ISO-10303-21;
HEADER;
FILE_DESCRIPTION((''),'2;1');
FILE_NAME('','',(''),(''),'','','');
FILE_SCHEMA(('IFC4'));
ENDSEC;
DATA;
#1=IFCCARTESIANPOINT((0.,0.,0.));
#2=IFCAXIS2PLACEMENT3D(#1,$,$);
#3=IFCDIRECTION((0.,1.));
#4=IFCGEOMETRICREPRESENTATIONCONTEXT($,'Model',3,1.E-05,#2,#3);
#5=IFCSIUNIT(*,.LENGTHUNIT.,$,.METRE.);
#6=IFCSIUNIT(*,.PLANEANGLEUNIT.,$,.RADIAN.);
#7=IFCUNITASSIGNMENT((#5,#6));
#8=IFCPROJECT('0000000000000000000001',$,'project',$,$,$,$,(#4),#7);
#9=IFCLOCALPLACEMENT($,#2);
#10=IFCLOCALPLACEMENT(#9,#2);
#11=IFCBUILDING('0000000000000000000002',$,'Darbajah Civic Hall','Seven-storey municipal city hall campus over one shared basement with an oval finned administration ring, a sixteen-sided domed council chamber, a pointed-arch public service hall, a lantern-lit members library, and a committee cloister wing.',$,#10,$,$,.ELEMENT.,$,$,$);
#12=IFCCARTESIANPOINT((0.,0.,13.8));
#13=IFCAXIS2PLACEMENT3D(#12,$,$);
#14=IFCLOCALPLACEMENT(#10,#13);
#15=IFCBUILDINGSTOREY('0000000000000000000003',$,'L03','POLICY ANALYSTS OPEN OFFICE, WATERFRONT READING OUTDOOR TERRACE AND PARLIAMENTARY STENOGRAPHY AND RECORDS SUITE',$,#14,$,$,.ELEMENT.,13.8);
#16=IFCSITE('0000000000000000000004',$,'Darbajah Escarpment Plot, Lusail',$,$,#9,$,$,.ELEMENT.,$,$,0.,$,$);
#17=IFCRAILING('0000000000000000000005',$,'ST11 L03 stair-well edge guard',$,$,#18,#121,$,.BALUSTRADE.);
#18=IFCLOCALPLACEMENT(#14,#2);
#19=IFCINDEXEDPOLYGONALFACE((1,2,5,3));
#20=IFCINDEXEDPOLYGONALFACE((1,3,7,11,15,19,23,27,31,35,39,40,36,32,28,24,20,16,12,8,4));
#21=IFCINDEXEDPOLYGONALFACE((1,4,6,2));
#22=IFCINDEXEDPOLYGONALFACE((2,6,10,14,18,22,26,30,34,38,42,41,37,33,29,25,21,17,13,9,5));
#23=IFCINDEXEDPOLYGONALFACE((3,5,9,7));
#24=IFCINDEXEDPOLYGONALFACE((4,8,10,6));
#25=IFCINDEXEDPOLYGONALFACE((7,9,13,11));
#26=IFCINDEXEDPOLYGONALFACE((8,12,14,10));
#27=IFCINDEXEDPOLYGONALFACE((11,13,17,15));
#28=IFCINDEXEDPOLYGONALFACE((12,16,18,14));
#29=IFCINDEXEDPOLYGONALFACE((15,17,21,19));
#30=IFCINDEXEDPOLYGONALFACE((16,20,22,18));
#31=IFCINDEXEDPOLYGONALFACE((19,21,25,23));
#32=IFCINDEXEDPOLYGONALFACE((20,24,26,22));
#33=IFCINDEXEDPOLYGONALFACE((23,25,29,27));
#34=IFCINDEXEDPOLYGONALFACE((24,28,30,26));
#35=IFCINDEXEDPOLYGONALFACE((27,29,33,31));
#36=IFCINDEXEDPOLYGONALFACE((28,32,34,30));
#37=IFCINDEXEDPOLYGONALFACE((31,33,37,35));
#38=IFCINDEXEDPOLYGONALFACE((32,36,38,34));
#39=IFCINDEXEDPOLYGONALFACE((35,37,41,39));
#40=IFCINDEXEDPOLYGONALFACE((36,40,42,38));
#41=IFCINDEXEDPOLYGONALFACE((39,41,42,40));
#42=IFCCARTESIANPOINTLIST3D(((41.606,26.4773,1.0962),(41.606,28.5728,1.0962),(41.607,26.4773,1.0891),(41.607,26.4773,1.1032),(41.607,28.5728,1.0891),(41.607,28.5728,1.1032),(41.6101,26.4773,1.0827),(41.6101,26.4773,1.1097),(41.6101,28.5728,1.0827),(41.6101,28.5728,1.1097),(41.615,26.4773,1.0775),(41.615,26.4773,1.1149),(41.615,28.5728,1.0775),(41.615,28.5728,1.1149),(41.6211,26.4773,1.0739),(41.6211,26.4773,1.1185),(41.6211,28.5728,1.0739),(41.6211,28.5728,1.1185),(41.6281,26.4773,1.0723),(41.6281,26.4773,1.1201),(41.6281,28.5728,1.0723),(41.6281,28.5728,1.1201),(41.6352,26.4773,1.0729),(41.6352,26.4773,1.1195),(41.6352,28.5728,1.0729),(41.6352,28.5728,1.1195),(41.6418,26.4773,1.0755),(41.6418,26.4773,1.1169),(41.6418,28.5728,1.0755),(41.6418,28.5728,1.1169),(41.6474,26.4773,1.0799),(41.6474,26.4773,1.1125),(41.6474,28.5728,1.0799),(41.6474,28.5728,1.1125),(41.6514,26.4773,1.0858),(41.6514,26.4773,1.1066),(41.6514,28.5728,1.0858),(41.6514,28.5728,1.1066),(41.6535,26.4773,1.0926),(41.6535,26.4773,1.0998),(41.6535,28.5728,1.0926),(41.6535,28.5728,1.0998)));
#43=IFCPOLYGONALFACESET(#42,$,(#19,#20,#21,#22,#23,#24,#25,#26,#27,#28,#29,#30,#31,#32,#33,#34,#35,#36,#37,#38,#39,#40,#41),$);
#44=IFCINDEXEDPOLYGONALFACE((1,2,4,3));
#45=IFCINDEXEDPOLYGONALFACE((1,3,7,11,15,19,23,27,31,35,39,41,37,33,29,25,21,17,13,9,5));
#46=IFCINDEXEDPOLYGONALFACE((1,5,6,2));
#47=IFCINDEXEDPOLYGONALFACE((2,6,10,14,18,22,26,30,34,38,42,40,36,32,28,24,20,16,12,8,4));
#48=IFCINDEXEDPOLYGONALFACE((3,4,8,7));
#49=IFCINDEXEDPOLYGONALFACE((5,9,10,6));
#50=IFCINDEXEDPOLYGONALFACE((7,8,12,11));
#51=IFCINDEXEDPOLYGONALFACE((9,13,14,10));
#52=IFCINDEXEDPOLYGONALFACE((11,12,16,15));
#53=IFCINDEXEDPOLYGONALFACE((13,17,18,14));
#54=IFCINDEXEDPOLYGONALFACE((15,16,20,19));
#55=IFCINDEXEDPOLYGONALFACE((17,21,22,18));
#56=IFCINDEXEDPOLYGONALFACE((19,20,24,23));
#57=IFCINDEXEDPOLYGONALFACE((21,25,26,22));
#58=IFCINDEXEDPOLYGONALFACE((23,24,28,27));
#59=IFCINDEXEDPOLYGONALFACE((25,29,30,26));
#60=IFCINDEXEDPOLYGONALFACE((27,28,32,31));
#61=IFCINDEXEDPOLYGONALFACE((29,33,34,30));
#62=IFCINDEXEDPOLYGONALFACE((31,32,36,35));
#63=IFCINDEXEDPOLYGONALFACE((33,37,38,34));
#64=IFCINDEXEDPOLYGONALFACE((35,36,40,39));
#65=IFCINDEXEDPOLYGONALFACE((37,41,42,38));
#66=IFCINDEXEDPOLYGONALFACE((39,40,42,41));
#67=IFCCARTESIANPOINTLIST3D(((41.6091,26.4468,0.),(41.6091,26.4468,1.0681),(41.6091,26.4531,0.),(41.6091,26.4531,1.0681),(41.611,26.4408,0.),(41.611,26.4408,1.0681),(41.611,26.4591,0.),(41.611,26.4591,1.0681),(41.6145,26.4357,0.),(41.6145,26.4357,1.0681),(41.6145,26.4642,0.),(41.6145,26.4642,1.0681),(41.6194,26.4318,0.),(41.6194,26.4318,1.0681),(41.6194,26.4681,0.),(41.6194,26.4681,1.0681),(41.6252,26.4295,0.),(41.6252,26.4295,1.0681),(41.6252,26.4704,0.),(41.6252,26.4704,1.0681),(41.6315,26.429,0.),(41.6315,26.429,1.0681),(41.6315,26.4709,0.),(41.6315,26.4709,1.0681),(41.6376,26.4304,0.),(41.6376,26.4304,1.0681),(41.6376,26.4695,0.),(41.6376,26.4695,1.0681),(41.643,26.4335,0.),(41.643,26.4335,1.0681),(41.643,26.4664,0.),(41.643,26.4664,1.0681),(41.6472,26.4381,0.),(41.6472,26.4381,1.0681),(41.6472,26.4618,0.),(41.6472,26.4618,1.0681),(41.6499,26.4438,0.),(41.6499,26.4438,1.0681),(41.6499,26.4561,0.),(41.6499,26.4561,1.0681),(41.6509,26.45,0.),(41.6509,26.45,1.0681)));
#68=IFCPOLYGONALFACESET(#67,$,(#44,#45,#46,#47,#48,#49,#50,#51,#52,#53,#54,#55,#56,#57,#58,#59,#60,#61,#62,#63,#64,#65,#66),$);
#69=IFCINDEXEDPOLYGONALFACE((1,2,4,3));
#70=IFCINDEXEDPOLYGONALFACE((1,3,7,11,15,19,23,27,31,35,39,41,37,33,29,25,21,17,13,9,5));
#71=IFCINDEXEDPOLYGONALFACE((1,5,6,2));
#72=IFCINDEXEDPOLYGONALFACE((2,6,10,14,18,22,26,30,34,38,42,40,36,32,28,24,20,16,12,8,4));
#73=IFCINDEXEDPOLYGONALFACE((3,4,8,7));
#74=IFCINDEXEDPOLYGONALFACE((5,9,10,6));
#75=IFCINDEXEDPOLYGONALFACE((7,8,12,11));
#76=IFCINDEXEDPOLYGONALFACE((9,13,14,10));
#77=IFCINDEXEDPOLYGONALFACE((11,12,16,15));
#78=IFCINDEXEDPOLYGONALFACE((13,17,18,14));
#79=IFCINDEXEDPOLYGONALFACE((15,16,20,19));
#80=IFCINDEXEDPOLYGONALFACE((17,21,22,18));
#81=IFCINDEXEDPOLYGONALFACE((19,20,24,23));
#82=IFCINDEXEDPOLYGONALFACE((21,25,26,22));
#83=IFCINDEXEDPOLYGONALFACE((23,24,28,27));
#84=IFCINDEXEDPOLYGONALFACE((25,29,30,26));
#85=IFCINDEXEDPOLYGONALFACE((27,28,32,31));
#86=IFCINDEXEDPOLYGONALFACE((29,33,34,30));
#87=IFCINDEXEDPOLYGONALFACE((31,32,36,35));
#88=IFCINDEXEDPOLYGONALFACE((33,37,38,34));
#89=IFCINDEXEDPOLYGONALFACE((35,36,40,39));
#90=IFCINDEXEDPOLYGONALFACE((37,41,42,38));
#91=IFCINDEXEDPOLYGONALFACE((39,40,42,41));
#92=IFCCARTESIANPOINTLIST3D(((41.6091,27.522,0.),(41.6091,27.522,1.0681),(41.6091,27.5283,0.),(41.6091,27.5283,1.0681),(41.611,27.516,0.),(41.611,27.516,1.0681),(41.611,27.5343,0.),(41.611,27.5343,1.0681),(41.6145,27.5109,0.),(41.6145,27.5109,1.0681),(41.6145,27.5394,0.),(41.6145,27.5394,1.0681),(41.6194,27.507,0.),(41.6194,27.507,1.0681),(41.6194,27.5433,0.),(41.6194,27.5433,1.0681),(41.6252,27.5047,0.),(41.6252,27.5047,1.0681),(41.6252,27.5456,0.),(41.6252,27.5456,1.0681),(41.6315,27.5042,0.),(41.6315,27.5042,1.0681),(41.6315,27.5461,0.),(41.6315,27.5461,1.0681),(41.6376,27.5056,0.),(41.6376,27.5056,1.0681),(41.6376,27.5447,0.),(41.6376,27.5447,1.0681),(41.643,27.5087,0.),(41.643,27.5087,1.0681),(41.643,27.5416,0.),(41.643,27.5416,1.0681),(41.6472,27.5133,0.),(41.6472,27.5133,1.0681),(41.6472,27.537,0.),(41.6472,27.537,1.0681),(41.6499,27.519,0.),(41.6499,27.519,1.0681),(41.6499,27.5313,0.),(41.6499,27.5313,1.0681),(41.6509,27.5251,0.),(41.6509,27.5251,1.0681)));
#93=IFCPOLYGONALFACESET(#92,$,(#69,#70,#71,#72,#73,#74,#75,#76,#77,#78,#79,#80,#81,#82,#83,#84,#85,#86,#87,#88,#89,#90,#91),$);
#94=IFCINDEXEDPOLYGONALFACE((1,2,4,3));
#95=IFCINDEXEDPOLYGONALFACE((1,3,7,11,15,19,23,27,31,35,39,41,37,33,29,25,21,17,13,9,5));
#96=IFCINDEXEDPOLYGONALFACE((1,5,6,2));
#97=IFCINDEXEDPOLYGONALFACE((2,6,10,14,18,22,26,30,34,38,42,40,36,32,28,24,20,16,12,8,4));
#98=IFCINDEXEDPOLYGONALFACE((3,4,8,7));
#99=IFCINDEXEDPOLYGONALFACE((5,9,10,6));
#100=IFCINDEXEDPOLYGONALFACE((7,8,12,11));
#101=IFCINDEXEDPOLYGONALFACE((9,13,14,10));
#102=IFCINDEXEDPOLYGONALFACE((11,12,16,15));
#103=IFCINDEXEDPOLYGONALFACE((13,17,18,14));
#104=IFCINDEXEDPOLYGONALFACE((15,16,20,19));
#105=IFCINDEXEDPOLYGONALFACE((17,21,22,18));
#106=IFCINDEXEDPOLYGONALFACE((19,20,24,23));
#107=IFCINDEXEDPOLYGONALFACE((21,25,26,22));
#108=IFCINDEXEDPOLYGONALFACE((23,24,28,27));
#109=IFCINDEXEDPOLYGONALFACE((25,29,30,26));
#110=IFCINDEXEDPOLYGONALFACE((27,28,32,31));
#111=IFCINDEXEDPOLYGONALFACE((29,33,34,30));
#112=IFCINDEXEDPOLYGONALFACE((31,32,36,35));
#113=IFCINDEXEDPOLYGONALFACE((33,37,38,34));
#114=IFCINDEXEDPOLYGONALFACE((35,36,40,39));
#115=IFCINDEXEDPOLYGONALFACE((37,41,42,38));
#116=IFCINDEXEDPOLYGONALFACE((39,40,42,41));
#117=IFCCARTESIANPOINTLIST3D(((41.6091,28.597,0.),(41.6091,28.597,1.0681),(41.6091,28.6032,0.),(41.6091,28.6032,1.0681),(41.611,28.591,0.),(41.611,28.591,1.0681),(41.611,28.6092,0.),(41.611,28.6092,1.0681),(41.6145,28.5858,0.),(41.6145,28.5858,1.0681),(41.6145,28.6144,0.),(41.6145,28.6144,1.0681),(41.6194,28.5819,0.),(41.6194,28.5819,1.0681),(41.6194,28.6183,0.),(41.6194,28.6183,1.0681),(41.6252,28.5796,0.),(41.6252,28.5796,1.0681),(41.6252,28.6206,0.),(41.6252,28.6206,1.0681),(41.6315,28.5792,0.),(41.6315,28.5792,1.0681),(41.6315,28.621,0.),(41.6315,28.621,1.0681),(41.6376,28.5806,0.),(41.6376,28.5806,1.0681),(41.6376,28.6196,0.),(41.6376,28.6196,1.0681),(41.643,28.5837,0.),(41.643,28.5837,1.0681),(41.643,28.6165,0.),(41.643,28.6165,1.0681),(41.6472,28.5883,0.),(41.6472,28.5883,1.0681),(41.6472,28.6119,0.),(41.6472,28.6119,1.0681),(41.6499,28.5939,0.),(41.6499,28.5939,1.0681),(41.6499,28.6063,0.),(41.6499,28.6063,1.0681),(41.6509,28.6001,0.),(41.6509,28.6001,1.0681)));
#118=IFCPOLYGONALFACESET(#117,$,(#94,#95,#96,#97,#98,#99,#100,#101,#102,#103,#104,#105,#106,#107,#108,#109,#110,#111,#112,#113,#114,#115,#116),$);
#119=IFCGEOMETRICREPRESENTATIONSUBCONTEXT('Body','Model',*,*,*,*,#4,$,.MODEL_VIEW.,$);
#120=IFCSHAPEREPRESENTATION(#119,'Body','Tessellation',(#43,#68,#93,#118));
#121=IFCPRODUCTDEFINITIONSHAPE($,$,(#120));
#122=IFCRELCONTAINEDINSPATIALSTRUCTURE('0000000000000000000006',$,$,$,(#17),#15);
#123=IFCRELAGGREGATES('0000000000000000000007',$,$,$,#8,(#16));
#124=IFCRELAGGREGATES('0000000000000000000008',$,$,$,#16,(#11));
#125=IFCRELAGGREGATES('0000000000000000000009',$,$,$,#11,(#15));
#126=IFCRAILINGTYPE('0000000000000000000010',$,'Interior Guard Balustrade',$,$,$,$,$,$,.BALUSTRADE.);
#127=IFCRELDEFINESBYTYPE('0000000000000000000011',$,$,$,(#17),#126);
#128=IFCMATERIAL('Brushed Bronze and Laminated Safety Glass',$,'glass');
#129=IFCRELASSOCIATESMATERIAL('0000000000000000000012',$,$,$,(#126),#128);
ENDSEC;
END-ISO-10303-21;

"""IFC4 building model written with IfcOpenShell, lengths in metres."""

from ifc_helpers import new_model, si_unit, direction, frame, origin, origin_2d, place, context, subcontext, project, spatial, circle, extrude, material, type_object, element, save


model = new_model("IFC4")

# Units and contexts
model_context = context("Model", 3, precision=1e-05, world=origin(), true_north=direction((0.0, 1.0)))
body_context = subcontext(model_context, "Body", "Model", "MODEL_VIEW")
ifc_project = project(units=[si_unit("LENGTHUNIT", "METRE"), si_unit("PLANEANGLEUNIT", "RADIAN")], contexts=[model_context])

# Site, building, storey
site_placement = place(None, origin())
site = spatial("IfcSite", under=ifc_project, at=site_placement, Name="Darbajah Escarpment Plot, Lusail", CompositionType="ELEMENT", RefElevation=0.0)
building_placement = place(site_placement, origin())
building = spatial("IfcBuilding", under=site, at=building_placement, Name="Darbajah Civic Hall", Description="Seven-storey municipal city hall campus over one shared basement with an oval finned administration ring, a sixteen-sided domed council chamber, a pointed-arch public service hall, a lantern-lit members library, and a committee cloister wing.", CompositionType="ELEMENT")
storey_placement = place(building_placement, frame((0.0, 0.0, 13.8)))
storey = spatial("IfcBuildingStorey", under=building, at=storey_placement, Name="L03", Description="POLICY ANALYSTS OPEN OFFICE, WATERFRONT READING OUTDOOR TERRACE AND PARLIAMENTARY STENOGRAPHY AND RECORDS SUITE", CompositionType="ELEMENT", Elevation=13.8)

# Railing
ifc_material_1 = material(Name="Brushed Bronze and Laminated Safety Glass", Category="glass")
railing_type_1 = type_object("IfcRailingType", Name="Interior Guard Balustrade", PredefinedType="BALUSTRADE", material=ifc_material_1)
railing_1_placement = place(storey_placement, frame((41.6299, 26.45, 0.0)))
element("IfcRailing", 1, at=railing_1_placement, inside=storey, type_object=railing_type_1, Name="ST11 L03 stair-well edge guard", PredefinedType="BALUSTRADE", context=body_context, shape_type="SweptSolid", body=[
    extrude(circle(Radius=0.0239, at=origin_2d()), frame((0.0, 0.0273, 1.0962), z_axis=(0.0, 1.0, 0.0), x_axis=(-1.0, 0.0, 0.0)), (0.0, 0.0, 1.0), 2.0955),
    extrude(circle(Radius=0.021, at=origin_2d()), origin(), (0.0, 0.0, 1.0), 1.0681),
    extrude(circle(Radius=0.021, at=origin_2d()), frame((0.0, 1.0752, 0.0)), (0.0, 0.0, 1.0), 1.0681),
    extrude(circle(Radius=0.021, at=origin_2d()), frame((0.0, 2.1501, 0.0)), (0.0, 0.0, 1.0), 1.0681),
])

save(model, "model.ifc")
